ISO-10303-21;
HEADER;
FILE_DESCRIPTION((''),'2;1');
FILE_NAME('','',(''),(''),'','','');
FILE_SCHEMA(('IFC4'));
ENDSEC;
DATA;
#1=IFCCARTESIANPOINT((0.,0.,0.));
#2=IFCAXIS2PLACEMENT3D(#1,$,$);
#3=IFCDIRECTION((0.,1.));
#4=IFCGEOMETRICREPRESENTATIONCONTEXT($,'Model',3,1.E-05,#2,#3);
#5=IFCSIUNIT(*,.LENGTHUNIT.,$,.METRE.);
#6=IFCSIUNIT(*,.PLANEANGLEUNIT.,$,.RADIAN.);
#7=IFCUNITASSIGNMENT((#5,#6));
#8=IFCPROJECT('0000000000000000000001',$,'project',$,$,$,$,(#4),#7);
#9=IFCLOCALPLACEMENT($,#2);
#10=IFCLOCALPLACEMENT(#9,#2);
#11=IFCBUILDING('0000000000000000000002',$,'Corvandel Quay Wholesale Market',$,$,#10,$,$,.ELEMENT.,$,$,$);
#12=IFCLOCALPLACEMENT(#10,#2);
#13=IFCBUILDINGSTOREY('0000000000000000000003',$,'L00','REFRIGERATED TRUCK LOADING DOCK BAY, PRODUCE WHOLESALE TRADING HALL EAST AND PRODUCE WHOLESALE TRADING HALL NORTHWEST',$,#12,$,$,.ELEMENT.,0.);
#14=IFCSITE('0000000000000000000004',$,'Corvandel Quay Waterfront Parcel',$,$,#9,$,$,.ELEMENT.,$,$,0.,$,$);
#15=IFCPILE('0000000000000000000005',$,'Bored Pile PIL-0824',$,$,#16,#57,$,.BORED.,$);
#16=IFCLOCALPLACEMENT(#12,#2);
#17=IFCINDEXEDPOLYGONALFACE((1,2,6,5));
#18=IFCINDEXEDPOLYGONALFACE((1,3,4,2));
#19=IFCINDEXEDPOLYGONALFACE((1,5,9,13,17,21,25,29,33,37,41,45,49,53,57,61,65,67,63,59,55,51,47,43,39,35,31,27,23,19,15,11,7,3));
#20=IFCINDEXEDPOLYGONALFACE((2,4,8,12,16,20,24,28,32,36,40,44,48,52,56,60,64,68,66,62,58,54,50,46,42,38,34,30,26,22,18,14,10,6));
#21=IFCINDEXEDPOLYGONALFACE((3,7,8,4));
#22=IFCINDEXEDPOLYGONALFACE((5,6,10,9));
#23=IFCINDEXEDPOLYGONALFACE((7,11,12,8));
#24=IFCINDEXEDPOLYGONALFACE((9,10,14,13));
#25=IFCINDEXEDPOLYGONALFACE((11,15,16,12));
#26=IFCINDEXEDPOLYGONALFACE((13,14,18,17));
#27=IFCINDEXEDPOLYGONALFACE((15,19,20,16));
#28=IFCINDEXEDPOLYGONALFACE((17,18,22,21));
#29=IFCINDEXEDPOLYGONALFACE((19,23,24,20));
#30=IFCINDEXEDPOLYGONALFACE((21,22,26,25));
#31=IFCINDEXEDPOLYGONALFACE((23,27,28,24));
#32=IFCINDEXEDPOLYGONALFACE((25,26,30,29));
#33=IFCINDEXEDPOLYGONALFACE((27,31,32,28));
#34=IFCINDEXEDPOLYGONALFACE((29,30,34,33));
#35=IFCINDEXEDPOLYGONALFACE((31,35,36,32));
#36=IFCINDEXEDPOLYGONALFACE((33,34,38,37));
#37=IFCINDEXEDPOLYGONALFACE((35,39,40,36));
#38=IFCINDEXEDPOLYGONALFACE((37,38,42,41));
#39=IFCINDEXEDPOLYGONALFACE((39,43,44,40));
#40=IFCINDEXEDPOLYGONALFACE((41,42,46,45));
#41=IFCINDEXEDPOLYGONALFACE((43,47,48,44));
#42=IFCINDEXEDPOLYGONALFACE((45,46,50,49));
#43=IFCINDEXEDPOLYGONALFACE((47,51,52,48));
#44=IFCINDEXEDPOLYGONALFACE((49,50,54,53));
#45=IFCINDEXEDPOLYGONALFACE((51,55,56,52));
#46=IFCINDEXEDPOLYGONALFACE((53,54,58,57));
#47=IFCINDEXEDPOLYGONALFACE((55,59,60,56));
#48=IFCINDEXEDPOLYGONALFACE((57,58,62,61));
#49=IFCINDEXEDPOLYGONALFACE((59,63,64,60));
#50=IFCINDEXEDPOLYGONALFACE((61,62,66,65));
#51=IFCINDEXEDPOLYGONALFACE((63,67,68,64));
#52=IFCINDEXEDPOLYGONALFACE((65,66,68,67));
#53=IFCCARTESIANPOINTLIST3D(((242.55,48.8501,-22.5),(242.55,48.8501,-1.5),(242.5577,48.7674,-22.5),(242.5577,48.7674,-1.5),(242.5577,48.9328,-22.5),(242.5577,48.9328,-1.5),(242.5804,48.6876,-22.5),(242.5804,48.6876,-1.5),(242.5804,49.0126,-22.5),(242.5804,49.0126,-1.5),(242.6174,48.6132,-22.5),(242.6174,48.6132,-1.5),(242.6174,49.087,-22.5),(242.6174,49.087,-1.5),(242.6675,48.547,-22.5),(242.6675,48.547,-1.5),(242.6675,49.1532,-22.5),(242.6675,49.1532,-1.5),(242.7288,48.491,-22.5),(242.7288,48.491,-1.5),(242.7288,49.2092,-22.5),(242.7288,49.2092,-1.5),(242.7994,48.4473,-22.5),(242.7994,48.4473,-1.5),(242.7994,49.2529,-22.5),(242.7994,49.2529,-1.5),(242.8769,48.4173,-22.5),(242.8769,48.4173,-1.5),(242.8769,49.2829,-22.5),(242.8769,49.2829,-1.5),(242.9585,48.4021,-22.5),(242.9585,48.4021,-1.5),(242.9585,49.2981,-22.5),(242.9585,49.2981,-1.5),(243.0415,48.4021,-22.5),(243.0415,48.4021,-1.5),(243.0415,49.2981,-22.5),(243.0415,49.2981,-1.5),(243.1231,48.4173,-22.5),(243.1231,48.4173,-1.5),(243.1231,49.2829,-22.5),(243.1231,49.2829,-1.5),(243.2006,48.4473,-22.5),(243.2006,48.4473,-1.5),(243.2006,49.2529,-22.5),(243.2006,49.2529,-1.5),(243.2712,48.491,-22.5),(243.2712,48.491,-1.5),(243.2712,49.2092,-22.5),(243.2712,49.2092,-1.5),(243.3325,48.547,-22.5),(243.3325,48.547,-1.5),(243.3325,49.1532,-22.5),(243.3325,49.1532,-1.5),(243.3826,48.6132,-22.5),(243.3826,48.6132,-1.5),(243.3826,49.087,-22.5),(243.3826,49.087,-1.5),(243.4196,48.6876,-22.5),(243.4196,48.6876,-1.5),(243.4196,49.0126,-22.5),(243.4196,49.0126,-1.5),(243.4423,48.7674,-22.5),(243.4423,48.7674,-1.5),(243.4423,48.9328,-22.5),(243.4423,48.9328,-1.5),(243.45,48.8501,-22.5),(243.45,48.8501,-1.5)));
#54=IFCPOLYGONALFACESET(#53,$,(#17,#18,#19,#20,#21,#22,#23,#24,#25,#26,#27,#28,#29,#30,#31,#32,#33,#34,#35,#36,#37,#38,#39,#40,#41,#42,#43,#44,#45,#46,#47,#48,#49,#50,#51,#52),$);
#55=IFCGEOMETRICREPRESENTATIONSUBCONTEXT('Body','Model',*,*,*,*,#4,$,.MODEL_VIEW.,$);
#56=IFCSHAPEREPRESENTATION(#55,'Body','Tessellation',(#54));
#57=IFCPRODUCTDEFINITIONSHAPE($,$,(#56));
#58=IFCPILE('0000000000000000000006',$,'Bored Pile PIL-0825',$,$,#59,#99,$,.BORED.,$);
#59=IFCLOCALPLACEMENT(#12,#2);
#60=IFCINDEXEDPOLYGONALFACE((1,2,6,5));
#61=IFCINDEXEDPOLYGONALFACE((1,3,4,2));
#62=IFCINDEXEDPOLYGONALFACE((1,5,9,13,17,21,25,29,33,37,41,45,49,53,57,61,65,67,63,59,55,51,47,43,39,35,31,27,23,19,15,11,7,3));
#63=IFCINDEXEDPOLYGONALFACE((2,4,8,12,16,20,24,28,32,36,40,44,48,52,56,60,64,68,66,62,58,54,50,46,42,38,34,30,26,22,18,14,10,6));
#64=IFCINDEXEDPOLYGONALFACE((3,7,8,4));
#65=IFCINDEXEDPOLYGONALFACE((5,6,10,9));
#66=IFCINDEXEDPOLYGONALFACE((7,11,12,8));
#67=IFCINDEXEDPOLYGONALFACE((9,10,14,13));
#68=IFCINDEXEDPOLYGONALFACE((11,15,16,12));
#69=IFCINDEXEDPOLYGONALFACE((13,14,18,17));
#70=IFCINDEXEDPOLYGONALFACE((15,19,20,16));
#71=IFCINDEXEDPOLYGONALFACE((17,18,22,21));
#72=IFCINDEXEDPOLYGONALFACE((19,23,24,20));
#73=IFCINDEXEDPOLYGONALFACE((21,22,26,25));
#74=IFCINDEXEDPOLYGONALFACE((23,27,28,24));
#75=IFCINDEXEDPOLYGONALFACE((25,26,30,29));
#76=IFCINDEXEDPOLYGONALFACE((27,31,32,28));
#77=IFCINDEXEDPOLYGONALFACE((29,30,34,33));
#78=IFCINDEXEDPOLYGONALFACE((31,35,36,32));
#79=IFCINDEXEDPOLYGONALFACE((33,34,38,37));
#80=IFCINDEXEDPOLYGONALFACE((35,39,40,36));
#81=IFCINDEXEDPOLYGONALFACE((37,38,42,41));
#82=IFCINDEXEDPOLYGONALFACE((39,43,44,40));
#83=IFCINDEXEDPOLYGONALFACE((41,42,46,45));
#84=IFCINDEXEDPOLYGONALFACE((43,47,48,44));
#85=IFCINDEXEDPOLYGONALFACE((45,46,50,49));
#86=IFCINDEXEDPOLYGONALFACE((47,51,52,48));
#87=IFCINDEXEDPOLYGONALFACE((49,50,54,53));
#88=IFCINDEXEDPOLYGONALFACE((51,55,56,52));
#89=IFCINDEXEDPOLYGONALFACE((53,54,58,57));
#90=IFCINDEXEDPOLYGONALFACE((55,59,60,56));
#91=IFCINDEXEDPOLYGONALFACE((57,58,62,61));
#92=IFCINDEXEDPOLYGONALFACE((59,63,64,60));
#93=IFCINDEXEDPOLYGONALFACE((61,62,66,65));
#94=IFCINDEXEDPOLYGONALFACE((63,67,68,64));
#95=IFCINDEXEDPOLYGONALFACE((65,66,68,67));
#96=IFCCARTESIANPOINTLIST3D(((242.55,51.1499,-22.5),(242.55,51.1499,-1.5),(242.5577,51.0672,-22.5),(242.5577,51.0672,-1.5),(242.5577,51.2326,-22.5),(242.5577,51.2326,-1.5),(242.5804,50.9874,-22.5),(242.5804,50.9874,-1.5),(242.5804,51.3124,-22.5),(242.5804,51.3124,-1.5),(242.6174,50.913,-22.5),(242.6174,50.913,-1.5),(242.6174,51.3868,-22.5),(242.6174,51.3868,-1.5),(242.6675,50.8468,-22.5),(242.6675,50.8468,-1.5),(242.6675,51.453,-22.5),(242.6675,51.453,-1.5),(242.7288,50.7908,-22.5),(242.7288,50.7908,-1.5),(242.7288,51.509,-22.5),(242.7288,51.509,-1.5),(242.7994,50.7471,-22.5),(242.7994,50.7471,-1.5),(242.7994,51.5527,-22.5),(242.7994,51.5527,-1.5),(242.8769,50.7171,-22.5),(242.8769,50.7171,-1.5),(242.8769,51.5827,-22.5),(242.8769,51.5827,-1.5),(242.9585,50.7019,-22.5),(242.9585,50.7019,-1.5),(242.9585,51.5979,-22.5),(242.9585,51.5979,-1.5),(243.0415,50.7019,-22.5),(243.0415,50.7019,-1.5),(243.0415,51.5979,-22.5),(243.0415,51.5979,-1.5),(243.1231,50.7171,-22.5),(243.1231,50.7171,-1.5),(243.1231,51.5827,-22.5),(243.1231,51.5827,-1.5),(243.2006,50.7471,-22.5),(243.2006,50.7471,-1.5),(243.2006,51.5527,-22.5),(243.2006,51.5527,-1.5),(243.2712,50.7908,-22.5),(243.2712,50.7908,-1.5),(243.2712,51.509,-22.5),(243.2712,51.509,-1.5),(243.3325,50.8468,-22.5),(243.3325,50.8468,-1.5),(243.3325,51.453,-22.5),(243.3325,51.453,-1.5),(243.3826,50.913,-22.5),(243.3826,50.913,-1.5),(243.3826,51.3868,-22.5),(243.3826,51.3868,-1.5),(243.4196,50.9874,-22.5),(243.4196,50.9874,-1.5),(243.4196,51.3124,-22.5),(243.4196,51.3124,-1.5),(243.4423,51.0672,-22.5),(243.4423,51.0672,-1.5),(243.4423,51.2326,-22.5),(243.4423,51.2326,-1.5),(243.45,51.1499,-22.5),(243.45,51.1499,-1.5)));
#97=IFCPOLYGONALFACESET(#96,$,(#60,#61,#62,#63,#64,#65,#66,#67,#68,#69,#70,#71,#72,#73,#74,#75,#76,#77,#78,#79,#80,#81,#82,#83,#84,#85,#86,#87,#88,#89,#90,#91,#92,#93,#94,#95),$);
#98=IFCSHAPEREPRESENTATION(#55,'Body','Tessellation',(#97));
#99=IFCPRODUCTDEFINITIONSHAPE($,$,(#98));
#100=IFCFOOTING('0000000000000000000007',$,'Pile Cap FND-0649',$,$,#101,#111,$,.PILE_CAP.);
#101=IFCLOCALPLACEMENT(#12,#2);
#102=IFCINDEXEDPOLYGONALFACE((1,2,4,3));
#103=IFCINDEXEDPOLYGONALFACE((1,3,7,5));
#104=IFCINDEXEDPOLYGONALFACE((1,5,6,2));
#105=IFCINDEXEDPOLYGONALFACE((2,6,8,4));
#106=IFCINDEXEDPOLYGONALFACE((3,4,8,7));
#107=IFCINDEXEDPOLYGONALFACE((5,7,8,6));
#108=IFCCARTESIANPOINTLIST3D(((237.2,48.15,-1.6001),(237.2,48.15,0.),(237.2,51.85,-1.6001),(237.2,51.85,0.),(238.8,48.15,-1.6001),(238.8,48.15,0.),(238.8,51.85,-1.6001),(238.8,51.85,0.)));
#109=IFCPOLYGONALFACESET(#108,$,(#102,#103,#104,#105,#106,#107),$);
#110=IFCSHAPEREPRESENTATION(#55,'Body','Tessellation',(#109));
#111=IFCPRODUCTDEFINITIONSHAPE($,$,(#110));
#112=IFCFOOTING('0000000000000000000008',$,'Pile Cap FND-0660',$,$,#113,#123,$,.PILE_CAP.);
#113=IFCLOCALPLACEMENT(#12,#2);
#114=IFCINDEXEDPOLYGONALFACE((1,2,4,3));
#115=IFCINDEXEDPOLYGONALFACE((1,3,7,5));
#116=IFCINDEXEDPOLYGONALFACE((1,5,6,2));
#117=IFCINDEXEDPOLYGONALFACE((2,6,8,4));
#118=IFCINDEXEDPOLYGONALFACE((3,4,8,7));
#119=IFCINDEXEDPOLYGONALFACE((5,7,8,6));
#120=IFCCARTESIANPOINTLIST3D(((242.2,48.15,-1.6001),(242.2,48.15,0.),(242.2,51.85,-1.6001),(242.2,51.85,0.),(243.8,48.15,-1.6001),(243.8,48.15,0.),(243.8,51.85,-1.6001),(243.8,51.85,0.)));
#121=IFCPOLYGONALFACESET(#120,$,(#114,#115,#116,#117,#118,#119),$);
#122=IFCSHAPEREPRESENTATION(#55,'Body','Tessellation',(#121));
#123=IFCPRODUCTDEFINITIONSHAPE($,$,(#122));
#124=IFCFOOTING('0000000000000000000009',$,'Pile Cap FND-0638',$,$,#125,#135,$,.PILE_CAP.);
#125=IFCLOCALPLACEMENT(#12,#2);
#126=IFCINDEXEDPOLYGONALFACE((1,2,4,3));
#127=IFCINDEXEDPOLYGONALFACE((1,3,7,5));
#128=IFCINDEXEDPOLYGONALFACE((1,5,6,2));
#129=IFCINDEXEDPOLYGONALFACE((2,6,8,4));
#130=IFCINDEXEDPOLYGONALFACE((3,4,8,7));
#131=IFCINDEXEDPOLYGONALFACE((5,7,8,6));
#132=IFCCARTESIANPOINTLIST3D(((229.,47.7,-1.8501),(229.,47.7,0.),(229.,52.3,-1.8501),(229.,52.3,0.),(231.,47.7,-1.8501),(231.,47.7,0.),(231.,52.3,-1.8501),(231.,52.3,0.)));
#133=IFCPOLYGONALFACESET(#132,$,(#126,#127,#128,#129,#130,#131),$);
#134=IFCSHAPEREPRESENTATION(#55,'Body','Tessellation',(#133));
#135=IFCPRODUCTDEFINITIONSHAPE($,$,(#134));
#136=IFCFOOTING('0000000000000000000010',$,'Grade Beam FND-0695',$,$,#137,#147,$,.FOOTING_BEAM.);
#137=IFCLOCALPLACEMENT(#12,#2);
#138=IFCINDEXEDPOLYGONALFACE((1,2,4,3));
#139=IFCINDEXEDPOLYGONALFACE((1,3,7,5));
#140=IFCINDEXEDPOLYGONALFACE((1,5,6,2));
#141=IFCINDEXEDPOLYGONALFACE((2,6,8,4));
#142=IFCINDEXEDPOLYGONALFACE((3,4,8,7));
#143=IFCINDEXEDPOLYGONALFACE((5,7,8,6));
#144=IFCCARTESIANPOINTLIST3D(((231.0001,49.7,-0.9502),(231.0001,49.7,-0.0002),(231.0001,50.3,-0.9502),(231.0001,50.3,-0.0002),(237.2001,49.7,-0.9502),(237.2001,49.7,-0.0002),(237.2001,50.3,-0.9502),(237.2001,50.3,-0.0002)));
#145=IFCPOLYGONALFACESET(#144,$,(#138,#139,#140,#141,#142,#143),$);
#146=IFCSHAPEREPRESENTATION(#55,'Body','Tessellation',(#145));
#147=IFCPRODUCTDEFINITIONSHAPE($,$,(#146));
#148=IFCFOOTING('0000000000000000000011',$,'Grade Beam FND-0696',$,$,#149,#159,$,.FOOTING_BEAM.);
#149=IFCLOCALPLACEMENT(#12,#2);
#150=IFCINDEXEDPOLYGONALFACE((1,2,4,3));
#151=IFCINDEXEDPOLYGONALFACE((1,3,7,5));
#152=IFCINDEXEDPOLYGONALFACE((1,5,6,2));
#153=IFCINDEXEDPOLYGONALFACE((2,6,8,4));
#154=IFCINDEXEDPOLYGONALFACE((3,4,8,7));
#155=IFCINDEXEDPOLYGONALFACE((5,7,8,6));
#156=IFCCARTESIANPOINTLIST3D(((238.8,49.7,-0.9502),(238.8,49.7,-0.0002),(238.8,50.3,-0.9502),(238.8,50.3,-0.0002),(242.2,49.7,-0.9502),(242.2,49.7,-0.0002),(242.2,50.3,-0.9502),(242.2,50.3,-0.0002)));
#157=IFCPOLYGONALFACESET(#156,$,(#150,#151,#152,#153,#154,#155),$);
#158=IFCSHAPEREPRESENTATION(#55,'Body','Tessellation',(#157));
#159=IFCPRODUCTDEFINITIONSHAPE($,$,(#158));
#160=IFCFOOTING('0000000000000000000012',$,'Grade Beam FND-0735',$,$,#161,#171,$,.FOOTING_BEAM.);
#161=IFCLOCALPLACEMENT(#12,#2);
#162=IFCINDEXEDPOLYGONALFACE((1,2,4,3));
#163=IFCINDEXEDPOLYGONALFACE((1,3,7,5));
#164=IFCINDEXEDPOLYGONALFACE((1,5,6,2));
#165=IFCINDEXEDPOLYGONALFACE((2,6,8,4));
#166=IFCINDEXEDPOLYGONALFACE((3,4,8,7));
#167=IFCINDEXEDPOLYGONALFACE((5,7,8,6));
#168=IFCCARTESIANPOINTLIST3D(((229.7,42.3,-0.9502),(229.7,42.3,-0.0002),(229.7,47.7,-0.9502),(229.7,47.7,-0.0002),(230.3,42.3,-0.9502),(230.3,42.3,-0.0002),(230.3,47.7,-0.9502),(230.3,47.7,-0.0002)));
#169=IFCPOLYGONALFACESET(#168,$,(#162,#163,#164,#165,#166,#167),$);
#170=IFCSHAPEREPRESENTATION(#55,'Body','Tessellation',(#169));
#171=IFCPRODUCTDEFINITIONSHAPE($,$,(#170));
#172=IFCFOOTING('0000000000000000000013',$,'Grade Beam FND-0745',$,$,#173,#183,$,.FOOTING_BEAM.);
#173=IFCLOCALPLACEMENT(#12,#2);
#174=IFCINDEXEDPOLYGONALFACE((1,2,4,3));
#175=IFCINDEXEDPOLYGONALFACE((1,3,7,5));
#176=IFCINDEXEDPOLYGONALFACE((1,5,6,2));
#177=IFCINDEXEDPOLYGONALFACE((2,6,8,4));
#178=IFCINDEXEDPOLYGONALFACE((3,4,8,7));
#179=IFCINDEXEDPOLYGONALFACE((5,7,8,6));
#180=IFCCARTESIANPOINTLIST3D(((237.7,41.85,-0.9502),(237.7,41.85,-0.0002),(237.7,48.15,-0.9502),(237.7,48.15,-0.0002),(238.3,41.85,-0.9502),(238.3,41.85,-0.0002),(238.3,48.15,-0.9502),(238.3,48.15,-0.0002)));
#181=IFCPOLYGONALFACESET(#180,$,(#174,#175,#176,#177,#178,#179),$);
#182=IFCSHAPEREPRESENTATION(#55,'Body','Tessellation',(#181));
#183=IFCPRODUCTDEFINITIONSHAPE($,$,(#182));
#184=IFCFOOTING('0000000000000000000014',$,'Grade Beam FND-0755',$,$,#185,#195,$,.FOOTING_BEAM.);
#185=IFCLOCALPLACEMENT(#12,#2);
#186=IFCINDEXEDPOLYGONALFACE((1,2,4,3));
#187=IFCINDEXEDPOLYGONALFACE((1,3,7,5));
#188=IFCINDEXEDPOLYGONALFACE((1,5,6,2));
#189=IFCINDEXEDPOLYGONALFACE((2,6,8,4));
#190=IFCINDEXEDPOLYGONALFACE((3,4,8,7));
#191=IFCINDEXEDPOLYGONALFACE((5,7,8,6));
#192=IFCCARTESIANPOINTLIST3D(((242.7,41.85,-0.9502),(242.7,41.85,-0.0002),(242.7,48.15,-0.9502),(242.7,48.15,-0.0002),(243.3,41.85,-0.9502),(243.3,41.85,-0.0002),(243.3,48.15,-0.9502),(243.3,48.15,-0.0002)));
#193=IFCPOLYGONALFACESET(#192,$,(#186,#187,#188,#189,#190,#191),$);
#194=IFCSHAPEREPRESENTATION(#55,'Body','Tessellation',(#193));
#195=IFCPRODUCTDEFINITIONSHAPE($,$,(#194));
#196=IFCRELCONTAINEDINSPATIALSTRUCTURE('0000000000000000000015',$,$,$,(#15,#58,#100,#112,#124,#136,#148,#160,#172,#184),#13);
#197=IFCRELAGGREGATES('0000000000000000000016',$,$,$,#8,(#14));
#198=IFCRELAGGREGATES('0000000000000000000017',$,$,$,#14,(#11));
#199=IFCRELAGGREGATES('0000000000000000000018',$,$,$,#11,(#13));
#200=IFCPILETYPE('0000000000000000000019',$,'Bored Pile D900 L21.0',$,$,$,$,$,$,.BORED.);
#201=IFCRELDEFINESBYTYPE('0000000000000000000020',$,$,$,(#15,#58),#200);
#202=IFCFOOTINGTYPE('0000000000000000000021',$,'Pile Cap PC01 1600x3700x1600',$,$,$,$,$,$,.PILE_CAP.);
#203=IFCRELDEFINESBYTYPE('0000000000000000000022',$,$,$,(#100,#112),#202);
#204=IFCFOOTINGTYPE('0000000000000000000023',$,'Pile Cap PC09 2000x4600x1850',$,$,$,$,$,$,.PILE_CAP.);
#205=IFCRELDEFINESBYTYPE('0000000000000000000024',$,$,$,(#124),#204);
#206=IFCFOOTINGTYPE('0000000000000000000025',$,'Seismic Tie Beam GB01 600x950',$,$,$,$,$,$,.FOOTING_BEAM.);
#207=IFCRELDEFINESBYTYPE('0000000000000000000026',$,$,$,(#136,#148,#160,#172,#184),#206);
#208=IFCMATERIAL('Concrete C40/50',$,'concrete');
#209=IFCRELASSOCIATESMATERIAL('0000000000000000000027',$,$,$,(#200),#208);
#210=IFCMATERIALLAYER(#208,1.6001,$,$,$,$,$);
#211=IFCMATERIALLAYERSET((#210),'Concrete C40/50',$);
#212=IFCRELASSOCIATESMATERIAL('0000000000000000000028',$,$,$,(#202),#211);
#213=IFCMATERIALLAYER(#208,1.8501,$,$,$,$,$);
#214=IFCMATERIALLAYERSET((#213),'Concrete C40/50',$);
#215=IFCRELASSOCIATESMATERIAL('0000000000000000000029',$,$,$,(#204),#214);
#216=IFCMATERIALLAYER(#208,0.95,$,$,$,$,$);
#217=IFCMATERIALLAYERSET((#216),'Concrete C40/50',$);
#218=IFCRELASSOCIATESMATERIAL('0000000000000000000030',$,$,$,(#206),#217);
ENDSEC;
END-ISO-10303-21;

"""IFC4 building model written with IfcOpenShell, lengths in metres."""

from ifc_helpers import new_model, si_unit, direction, frame, origin, origin_2d, place, context, subcontext, project, spatial, rectangle, circle, extrude, material, layer, layer_set, material_profile, profile_set, type_object, element, save


model = new_model("IFC4")

# Units and contexts
model_context = context("Model", 3, precision=1e-05, world=origin(), true_north=direction((0.0, 1.0)))
body_context = subcontext(model_context, "Body", "Model", "MODEL_VIEW")
ifc_project = project(units=[si_unit("LENGTHUNIT", "METRE"), si_unit("PLANEANGLEUNIT", "RADIAN")], contexts=[model_context])

# Site, building, storey
site_placement = place(None, origin())
site = spatial("IfcSite", under=ifc_project, at=site_placement, Name="Corvandel Quay Waterfront Parcel", CompositionType="ELEMENT", RefElevation=0.0)
building_placement = place(site_placement, origin())
building = spatial("IfcBuilding", under=site, at=building_placement, Name="Corvandel Quay Wholesale Market", CompositionType="ELEMENT")
storey_placement = place(building_placement, origin())
storey = spatial("IfcBuildingStorey", under=building, at=storey_placement, Name="L00", Description="REFRIGERATED TRUCK LOADING DOCK BAY, PRODUCE WHOLESALE TRADING HALL EAST AND PRODUCE WHOLESALE TRADING HALL NORTHWEST", CompositionType="ELEMENT", Elevation=0.0)

# Piles
ifc_material_1 = material(Name="Concrete C40/50", Category="concrete")
ifc_material_profile_1 = material_profile(ifc_material_1, circle(Radius=0.45, at=origin_2d()), Name="RC-PILE-D900")
ifc_profile_set_1 = profile_set([ifc_material_profile_1], Name="Concrete C40/50")
pile_type_1 = type_object("IfcPileType", Name="Bored Pile D900 L21.0", PredefinedType="BORED", material=ifc_profile_set_1)
for number, where, z_axis, x_axis, name in (
    (1, (243.0, 48.8501, -1.5), (0.0, 0.0, -1.0), (1.0, 0.0, 0.0), "Bored Pile PIL-0824"),
    (2, (243.0, 51.1499, -1.5), (0.0, 0.0, -1.0), (1.0, 0.0, 0.0), "Bored Pile PIL-0825"),
):
    element("IfcPile", number, at=place(storey_placement, frame(where, z_axis=z_axis, x_axis=x_axis)), inside=storey, type_object=pile_type_1, Name=name, PredefinedType="BORED", context=body_context, shape_type="SweptSolid", body=[
        extrude(circle(Radius=0.45, at=origin_2d()), origin(), (0.0, 0.0, 1.0), 21.0),
    ])

# Footings
ifc_layer_1 = layer(ifc_material_1, 1.6001)
ifc_layer_set_1 = layer_set([ifc_layer_1], Name="Concrete C40/50")
footing_type_1 = type_object("IfcFootingType", Name="Pile Cap PC01 1600x3700x1600", PredefinedType="PILE_CAP", material=ifc_layer_set_1)
for number, where, z_axis, x_axis, name in (
    (3, (238.0, 50.0, -1.6001), (0.0, 0.0, 1.0), (1.0, 0.0, 0.0), "Pile Cap FND-0649"),
    (4, (243.0, 50.0, -1.6001), (0.0, 0.0, 1.0), (1.0, 0.0, 0.0), "Pile Cap FND-0660"),
):
    element("IfcFooting", number, at=place(storey_placement, frame(where, z_axis=z_axis, x_axis=x_axis)), inside=storey, type_object=footing_type_1, Name=name, PredefinedType="PILE_CAP", context=body_context, shape_type="SweptSolid", body=[
        extrude(rectangle(XDim=1.6001, YDim=3.7, at=origin_2d()), origin(), (0.0, 0.0, 1.0), 1.6001),
    ])
ifc_layer_2 = layer(ifc_material_1, 1.8501)
ifc_layer_set_2 = layer_set([ifc_layer_2], Name="Concrete C40/50")
footing_type_2 = type_object("IfcFootingType", Name="Pile Cap PC09 2000x4600x1850", PredefinedType="PILE_CAP", material=ifc_layer_set_2)
footing_1_placement = place(storey_placement, frame((230.0, 50.0, -1.8501), z_axis=(0.0, 0.0, 1.0), x_axis=(1.0, 0.0, 0.0)))
element("IfcFooting", 5, at=footing_1_placement, inside=storey, type_object=footing_type_2, Name="Pile Cap FND-0638", PredefinedType="PILE_CAP", context=body_context, shape_type="SweptSolid", body=[
    extrude(rectangle(XDim=2.0, YDim=4.6001, at=origin_2d()), origin(), (0.0, 0.0, 1.0), 1.8501),
])
ifc_layer_3 = layer(ifc_material_1, 0.95)
ifc_layer_set_3 = layer_set([ifc_layer_3], Name="Concrete C40/50")
footing_type_3 = type_object("IfcFootingType", Name="Seismic Tie Beam GB01 600x950", PredefinedType="FOOTING_BEAM", material=ifc_layer_set_3)
footing_2_placement = place(storey_placement, frame((234.1001, 50.0, -0.9502), z_axis=(0.0, 0.0, 1.0), x_axis=(1.0, 0.0, 0.0)))
element("IfcFooting", 6, at=footing_2_placement, inside=storey, type_object=footing_type_3, Name="Grade Beam FND-0695", PredefinedType="FOOTING_BEAM", context=body_context, shape_type="SweptSolid", body=[
    extrude(rectangle(XDim=6.2, YDim=0.6001, at=origin_2d()), origin(), (0.0, 0.0, 1.0), 0.95),
])
footing_3_placement = place(storey_placement, frame((240.5, 50.0, -0.9502), z_axis=(0.0, 0.0, 1.0), x_axis=(1.0, 0.0, 0.0)))
element("IfcFooting", 7, at=footing_3_placement, inside=storey, type_object=footing_type_3, Name="Grade Beam FND-0696", PredefinedType="FOOTING_BEAM", context=body_context, shape_type="SweptSolid", body=[
    extrude(rectangle(XDim=3.3999, YDim=0.6001, at=origin_2d()), origin(), (0.0, 0.0, 1.0), 0.95),
])
footing_4_placement = place(storey_placement, frame((230.0, 45.0, -0.9502), z_axis=(0.0, 0.0, 1.0), x_axis=(0.0, 1.0, 0.0)))
element("IfcFooting", 8, at=footing_4_placement, inside=storey, type_object=footing_type_3, Name="Grade Beam FND-0735", PredefinedType="FOOTING_BEAM", context=body_context, shape_type="SweptSolid", body=[
    extrude(rectangle(XDim=5.3999, YDim=0.6001, at=origin_2d()), origin(), (0.0, 0.0, 1.0), 0.95),
])
for number, where, z_axis, x_axis, name in (
    (9, (238.0, 45.0, -0.9502), (0.0, 0.0, 1.0), (0.0, 1.0, 0.0), "Grade Beam FND-0745"),
    (10, (243.0, 45.0, -0.9502), (0.0, 0.0, 1.0), (0.0, 1.0, 0.0), "Grade Beam FND-0755"),
):
    element("IfcFooting", number, at=place(storey_placement, frame(where, z_axis=z_axis, x_axis=x_axis)), inside=storey, type_object=footing_type_3, Name=name, PredefinedType="FOOTING_BEAM", context=body_context, shape_type="SweptSolid", body=[
        extrude(rectangle(XDim=6.3, YDim=0.6001, at=origin_2d()), origin(), (0.0, 0.0, 1.0), 0.95),
    ])

save(model, "model.ifc")
